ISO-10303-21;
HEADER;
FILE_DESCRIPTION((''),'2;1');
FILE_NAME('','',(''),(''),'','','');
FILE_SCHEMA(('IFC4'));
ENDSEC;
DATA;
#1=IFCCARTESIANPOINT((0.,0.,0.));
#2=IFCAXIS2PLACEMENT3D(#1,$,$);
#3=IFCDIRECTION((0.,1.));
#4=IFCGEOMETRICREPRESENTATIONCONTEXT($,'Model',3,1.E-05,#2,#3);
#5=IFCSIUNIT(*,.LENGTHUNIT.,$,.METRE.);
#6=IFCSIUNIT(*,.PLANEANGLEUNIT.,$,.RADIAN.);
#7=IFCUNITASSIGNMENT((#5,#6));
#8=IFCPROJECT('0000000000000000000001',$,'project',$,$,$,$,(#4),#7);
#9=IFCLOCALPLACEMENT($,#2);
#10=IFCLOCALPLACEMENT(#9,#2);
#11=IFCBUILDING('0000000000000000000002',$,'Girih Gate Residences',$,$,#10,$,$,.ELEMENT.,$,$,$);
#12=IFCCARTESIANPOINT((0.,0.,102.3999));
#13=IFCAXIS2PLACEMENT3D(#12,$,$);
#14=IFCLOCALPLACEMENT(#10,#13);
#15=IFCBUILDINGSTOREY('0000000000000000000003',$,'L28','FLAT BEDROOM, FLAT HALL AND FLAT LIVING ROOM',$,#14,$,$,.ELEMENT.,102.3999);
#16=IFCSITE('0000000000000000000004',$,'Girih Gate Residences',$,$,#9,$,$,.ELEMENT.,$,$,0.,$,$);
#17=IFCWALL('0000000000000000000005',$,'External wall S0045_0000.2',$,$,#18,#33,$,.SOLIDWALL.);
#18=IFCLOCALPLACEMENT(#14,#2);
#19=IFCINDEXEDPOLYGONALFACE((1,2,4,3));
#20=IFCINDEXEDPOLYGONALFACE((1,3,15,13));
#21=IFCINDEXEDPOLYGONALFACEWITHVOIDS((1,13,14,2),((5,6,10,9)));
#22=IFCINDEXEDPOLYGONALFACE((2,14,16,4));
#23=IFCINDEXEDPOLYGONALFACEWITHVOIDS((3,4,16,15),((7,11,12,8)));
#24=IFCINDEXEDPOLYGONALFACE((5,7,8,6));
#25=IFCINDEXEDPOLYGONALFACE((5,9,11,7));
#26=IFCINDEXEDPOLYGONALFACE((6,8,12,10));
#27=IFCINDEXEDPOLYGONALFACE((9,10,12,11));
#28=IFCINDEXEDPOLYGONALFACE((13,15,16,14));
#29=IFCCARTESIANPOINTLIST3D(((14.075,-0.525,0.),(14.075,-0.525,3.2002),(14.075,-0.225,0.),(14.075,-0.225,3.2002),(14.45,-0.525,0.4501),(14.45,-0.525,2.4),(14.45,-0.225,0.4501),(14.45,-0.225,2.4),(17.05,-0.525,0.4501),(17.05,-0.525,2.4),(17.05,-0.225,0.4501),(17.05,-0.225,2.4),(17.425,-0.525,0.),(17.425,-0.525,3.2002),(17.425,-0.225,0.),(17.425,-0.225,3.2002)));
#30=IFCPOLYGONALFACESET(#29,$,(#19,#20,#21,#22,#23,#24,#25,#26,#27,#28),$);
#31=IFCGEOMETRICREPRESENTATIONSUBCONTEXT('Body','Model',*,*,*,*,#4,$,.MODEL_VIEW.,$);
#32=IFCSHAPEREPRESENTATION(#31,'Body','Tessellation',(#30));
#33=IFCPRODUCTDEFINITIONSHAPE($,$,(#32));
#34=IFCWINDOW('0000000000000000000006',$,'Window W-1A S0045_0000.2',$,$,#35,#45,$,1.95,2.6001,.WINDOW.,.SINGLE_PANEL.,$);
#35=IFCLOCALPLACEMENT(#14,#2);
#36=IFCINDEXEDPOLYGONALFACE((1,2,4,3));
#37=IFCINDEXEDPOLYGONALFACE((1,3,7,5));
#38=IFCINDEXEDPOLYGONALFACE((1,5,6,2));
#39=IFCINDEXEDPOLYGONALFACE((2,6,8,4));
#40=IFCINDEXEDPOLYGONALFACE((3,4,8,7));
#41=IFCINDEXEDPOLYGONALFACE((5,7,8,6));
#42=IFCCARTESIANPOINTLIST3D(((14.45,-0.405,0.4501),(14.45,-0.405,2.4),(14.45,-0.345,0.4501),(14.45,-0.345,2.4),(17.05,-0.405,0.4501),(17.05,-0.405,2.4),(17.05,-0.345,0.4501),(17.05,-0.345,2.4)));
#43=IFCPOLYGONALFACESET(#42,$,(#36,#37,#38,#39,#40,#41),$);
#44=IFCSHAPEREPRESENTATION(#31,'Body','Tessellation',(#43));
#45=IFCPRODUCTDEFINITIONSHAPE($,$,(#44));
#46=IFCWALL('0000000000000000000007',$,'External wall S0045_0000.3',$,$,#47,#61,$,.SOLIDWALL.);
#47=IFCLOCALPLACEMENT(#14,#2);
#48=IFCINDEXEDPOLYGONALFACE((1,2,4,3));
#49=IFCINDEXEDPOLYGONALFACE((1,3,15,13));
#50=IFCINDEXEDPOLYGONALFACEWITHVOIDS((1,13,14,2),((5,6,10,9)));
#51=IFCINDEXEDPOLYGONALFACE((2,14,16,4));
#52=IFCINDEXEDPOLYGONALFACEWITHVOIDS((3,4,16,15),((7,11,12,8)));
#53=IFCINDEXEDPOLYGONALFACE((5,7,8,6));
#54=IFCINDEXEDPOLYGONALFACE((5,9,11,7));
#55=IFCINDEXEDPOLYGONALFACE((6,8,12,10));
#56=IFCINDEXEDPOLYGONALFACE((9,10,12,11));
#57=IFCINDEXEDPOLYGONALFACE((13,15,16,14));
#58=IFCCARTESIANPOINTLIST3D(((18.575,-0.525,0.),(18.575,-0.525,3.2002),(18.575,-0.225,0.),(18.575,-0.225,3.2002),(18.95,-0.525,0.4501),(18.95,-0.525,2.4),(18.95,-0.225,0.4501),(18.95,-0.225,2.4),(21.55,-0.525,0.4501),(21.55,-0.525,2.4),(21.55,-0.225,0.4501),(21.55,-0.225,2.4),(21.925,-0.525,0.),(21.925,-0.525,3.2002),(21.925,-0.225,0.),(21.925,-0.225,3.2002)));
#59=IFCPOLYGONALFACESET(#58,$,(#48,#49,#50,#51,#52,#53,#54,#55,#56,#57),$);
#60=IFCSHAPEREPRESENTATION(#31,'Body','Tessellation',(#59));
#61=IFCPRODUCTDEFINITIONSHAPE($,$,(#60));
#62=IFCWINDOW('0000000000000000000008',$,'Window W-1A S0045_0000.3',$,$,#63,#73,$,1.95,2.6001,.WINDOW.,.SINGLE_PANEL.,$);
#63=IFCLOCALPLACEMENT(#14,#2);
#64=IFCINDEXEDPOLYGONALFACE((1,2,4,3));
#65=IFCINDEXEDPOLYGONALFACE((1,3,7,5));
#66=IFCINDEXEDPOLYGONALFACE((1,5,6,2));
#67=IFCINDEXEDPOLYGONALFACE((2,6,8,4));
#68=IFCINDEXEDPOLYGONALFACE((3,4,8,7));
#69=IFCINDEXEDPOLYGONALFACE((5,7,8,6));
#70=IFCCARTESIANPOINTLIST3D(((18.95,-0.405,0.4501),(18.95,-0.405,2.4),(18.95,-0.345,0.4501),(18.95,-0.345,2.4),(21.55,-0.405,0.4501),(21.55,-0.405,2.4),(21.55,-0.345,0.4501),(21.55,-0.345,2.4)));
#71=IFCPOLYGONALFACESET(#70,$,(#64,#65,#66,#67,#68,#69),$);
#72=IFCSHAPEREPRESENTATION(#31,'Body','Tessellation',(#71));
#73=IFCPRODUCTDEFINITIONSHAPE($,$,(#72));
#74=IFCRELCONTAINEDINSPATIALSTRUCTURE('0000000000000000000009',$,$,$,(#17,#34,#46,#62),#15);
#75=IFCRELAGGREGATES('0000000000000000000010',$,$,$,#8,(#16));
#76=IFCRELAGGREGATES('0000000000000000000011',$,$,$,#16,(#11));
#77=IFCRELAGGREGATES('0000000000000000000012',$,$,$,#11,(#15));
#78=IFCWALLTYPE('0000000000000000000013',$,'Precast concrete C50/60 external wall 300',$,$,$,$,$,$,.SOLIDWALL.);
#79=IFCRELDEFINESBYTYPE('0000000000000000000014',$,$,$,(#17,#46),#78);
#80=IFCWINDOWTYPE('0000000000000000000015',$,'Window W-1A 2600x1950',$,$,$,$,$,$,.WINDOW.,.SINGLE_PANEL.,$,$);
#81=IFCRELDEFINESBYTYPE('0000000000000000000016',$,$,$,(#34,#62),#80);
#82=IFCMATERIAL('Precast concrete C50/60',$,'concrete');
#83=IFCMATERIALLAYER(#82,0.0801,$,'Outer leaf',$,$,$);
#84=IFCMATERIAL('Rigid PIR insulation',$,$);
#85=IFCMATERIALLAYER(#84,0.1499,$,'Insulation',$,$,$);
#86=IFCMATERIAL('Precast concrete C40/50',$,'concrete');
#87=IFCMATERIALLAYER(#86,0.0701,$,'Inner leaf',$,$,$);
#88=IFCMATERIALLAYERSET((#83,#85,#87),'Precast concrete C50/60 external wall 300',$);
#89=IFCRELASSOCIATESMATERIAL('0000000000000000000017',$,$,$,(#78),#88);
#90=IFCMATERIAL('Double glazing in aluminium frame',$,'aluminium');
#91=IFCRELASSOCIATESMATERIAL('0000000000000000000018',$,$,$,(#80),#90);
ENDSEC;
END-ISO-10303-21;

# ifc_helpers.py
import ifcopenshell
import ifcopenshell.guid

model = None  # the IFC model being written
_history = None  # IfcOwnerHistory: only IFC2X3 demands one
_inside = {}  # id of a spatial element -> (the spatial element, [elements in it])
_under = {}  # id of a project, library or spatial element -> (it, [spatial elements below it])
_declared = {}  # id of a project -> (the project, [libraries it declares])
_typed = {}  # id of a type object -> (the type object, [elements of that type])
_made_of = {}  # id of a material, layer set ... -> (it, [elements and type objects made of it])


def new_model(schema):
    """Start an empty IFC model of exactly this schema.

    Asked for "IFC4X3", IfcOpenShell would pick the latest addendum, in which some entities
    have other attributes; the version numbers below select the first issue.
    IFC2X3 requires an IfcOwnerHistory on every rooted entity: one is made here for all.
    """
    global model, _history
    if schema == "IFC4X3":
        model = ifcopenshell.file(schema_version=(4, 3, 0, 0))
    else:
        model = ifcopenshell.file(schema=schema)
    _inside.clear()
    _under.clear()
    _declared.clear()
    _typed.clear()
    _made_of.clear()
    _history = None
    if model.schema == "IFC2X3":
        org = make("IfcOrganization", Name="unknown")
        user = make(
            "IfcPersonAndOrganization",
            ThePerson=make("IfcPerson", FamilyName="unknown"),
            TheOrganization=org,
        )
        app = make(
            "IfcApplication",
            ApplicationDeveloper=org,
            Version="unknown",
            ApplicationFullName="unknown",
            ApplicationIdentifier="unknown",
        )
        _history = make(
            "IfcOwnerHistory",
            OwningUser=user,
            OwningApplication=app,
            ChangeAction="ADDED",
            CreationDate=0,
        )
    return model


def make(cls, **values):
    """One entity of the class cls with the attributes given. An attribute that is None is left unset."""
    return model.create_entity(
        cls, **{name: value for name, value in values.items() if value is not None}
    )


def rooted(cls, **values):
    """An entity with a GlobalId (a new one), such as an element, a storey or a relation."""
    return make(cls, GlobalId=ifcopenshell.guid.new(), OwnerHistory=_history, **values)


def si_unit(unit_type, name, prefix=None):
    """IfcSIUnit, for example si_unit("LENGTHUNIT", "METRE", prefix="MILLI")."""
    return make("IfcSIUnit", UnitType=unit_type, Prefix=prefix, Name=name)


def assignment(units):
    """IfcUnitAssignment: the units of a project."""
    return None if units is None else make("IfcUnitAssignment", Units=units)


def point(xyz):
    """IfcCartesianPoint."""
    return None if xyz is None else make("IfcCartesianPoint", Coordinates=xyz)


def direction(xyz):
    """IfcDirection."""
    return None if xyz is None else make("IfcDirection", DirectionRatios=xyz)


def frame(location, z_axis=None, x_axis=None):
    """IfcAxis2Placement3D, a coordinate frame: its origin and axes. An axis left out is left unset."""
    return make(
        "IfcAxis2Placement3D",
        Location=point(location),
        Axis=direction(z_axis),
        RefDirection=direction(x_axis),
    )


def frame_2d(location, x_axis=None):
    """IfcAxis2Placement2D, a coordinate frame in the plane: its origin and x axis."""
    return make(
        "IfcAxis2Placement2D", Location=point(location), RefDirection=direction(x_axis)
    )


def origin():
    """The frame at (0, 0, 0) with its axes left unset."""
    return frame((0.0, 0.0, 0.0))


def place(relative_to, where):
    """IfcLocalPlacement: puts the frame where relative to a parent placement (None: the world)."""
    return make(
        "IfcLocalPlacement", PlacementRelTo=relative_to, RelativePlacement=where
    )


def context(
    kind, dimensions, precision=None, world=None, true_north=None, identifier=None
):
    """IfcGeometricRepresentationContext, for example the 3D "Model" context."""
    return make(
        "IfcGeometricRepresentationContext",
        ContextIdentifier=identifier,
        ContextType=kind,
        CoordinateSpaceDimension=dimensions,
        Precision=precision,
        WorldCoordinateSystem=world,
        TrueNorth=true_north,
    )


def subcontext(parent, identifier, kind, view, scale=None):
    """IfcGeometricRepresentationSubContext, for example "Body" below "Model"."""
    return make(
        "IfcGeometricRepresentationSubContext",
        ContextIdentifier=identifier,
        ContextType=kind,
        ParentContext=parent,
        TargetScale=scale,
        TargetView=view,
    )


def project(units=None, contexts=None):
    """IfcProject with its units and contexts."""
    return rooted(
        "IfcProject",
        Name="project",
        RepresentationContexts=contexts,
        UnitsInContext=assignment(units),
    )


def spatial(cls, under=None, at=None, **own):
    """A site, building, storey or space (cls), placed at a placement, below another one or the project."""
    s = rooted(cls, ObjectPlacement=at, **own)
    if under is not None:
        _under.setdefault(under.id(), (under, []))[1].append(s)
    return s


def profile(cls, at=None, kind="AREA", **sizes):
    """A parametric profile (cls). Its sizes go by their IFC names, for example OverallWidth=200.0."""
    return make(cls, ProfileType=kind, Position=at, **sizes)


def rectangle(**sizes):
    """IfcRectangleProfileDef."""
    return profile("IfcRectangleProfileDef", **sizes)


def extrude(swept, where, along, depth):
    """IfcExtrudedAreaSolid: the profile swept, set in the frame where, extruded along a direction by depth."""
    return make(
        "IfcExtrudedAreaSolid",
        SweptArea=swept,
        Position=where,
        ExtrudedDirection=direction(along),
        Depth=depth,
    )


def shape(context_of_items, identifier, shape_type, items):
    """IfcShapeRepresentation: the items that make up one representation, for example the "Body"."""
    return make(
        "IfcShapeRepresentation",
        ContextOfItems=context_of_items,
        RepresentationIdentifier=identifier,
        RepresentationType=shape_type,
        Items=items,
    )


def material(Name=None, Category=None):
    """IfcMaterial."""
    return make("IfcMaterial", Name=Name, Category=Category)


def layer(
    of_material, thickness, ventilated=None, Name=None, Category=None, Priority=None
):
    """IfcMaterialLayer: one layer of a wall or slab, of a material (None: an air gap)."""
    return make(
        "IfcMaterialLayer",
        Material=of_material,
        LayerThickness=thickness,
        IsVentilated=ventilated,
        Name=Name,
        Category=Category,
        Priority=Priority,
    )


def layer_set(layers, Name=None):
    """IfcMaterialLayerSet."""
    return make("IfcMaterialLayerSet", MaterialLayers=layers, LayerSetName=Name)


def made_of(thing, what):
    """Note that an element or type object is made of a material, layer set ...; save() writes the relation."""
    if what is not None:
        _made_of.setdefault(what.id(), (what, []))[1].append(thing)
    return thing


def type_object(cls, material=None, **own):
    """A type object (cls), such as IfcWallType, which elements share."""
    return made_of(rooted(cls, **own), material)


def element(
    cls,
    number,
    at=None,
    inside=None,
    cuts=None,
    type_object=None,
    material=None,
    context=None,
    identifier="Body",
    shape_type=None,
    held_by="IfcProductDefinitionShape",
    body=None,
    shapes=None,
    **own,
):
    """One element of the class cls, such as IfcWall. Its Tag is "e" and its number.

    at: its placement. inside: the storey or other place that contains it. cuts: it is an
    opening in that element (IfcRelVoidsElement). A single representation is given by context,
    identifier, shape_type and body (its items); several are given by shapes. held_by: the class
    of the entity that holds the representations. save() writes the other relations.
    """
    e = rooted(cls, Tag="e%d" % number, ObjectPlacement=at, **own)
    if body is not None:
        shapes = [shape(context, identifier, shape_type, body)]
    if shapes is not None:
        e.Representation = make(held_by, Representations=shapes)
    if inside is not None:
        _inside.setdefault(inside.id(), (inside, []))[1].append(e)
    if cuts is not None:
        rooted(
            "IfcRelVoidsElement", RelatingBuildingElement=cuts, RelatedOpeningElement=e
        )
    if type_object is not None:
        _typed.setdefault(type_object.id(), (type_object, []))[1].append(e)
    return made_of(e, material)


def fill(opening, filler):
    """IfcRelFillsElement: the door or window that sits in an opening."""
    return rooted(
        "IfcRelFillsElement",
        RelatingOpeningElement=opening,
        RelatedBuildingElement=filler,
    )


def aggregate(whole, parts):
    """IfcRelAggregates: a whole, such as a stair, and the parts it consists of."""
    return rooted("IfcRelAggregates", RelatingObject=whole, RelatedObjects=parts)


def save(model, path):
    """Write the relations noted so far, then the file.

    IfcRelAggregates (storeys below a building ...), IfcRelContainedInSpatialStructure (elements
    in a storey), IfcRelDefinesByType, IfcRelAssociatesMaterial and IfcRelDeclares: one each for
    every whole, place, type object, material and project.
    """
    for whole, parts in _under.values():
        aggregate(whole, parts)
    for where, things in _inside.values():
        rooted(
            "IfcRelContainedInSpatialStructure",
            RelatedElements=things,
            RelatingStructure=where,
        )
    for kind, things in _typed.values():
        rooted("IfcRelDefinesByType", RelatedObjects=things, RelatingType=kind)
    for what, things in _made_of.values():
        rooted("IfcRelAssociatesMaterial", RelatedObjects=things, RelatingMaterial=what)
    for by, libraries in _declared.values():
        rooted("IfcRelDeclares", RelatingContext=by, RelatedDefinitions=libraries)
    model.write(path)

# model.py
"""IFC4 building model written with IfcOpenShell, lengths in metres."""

from ifc_helpers import new_model, si_unit, direction, frame, frame_2d, origin, place, context, subcontext, project, spatial, rectangle, extrude, material, layer, layer_set, type_object, element, fill, save


model = new_model("IFC4")

# Units and contexts
model_context = context("Model", 3, precision=1e-05, world=origin(), true_north=direction((0.0, 1.0)))
body_context = subcontext(model_context, "Body", "Model", "MODEL_VIEW")
ifc_project = project(units=[si_unit("LENGTHUNIT", "METRE"), si_unit("PLANEANGLEUNIT", "RADIAN")], contexts=[model_context])

# Site, building, storey
site_placement = place(None, origin())
site = spatial("IfcSite", under=ifc_project, at=site_placement, Name="Girih Gate Residences", CompositionType="ELEMENT", RefElevation=0.0)
building_placement = place(site_placement, origin())
building = spatial("IfcBuilding", under=site, at=building_placement, Name="Girih Gate Residences", CompositionType="ELEMENT")
storey_placement = place(building_placement, frame((0.0, 0.0, 102.3999)))
storey = spatial("IfcBuildingStorey", under=building, at=storey_placement, Name="L28", Description="FLAT BEDROOM, FLAT HALL AND FLAT LIVING ROOM", CompositionType="ELEMENT", Elevation=102.3999)

# Walls, openings, windows
ifc_material_1 = material(Name="Precast concrete C50/60", Category="concrete")
ifc_layer_1 = layer(ifc_material_1, 0.0801, Name="Outer leaf")
ifc_material_2 = material(Name="Rigid PIR insulation")
ifc_layer_2 = layer(ifc_material_2, 0.1499, Name="Insulation")
ifc_material_3 = material(Name="Precast concrete C40/50", Category="concrete")
ifc_layer_3 = layer(ifc_material_3, 0.0701, Name="Inner leaf")
ifc_layer_set_1 = layer_set([ifc_layer_1, ifc_layer_2, ifc_layer_3], Name="Precast concrete C50/60 external wall 300")
wall_type_1 = type_object("IfcWallType", Name="Precast concrete C50/60 external wall 300", PredefinedType="SOLIDWALL", material=ifc_layer_set_1)
wall_1_placement = place(storey_placement, frame((17.425, -0.375, 0.0), z_axis=(0.0, 0.0, 1.0), x_axis=(-1.0, 0.0, 0.0)))
wall_1 = element("IfcWall", 1, at=wall_1_placement, inside=storey, type_object=wall_type_1, Name="External wall S0045_0000.2", PredefinedType="SOLIDWALL", context=body_context, shape_type="SweptSolid", body=[
    extrude(rectangle(XDim=3.3501, YDim=0.3, at=frame_2d((1.675, 0.0))), origin(), (0.0, 0.0, 1.0), 3.2002),
])
opening_1_placement = place(wall_1_placement, frame((0.375, 0.0, 0.45)))
opening_1 = element("IfcOpeningElement", 2, at=opening_1_placement, cuts=wall_1, PredefinedType="OPENING", context=body_context, shape_type="SweptSolid", body=[
    extrude(rectangle(XDim=2.6001, YDim=1.95, at=frame_2d((1.3, 0.9751))), frame((0.0, 0.1599, 0.0), z_axis=(0.0, -1.0, 0.0), x_axis=(1.0, 0.0, 0.0)), (0.0, 0.0, 1.0), 0.3201),
])
ifc_material_4 = material(Name="Double glazing in aluminium frame", Category="aluminium")
window_type = type_object("IfcWindowType", Name="Window W-1A 2600x1950", PartitioningType="SINGLE_PANEL", PredefinedType="WINDOW", material=ifc_material_4)
window_1_placement = place(opening_1_placement, origin())
window_1 = element("IfcWindow", 3, at=window_1_placement, inside=storey, type_object=window_type, Name="Window W-1A S0045_0000.2", OverallHeight=1.95, OverallWidth=2.6001, PartitioningType="SINGLE_PANEL", PredefinedType="WINDOW", context=body_context, shape_type="SweptSolid", body=[
    extrude(rectangle(XDim=2.6001, YDim=1.95, at=frame_2d((1.3, 0.9751))), frame((0.0, 0.03, 0.0), z_axis=(0.0, -1.0, 0.0), x_axis=(1.0, 0.0, 0.0)), (0.0, 0.0, 1.0), 0.0601),
])
fill(opening_1, window_1)
wall_2_placement = place(storey_placement, frame((21.925, -0.375, 0.0), z_axis=(0.0, 0.0, 1.0), x_axis=(-1.0, 0.0, 0.0)))
wall_2 = element("IfcWall", 4, at=wall_2_placement, inside=storey, type_object=wall_type_1, Name="External wall S0045_0000.3", PredefinedType="SOLIDWALL", context=body_context, shape_type="SweptSolid", body=[
    extrude(rectangle(XDim=3.3501, YDim=0.3, at=frame_2d((1.675, 0.0))), origin(), (0.0, 0.0, 1.0), 3.2002),
])
opening_2_placement = place(wall_2_placement, frame((0.375, 0.0, 0.45)))
opening_2 = element("IfcOpeningElement", 5, at=opening_2_placement, cuts=wall_2, PredefinedType="OPENING", context=body_context, shape_type="SweptSolid", body=[
    extrude(rectangle(XDim=2.6001, YDim=1.95, at=frame_2d((1.3, 0.9751))), frame((0.0, 0.1599, 0.0), z_axis=(0.0, -1.0, 0.0), x_axis=(1.0, 0.0, 0.0)), (0.0, 0.0, 1.0), 0.3201),
])
window_2_placement = place(opening_2_placement, origin())
window_2 = element("IfcWindow", 6, at=window_2_placement, inside=storey, type_object=window_type, Name="Window W-1A S0045_0000.3", OverallHeight=1.95, OverallWidth=2.6001, PartitioningType="SINGLE_PANEL", PredefinedType="WINDOW", context=body_context, shape_type="SweptSolid", body=[
    extrude(rectangle(XDim=2.6001, YDim=1.95, at=frame_2d((1.3, 0.9751))), frame((0.0, 0.03, 0.0), z_axis=(0.0, -1.0, 0.0), x_axis=(1.0, 0.0, 0.0)), (0.0, 0.0, 1.0), 0.0601),
])
fill(opening_2, window_2)

save(model, "model.ifc")
